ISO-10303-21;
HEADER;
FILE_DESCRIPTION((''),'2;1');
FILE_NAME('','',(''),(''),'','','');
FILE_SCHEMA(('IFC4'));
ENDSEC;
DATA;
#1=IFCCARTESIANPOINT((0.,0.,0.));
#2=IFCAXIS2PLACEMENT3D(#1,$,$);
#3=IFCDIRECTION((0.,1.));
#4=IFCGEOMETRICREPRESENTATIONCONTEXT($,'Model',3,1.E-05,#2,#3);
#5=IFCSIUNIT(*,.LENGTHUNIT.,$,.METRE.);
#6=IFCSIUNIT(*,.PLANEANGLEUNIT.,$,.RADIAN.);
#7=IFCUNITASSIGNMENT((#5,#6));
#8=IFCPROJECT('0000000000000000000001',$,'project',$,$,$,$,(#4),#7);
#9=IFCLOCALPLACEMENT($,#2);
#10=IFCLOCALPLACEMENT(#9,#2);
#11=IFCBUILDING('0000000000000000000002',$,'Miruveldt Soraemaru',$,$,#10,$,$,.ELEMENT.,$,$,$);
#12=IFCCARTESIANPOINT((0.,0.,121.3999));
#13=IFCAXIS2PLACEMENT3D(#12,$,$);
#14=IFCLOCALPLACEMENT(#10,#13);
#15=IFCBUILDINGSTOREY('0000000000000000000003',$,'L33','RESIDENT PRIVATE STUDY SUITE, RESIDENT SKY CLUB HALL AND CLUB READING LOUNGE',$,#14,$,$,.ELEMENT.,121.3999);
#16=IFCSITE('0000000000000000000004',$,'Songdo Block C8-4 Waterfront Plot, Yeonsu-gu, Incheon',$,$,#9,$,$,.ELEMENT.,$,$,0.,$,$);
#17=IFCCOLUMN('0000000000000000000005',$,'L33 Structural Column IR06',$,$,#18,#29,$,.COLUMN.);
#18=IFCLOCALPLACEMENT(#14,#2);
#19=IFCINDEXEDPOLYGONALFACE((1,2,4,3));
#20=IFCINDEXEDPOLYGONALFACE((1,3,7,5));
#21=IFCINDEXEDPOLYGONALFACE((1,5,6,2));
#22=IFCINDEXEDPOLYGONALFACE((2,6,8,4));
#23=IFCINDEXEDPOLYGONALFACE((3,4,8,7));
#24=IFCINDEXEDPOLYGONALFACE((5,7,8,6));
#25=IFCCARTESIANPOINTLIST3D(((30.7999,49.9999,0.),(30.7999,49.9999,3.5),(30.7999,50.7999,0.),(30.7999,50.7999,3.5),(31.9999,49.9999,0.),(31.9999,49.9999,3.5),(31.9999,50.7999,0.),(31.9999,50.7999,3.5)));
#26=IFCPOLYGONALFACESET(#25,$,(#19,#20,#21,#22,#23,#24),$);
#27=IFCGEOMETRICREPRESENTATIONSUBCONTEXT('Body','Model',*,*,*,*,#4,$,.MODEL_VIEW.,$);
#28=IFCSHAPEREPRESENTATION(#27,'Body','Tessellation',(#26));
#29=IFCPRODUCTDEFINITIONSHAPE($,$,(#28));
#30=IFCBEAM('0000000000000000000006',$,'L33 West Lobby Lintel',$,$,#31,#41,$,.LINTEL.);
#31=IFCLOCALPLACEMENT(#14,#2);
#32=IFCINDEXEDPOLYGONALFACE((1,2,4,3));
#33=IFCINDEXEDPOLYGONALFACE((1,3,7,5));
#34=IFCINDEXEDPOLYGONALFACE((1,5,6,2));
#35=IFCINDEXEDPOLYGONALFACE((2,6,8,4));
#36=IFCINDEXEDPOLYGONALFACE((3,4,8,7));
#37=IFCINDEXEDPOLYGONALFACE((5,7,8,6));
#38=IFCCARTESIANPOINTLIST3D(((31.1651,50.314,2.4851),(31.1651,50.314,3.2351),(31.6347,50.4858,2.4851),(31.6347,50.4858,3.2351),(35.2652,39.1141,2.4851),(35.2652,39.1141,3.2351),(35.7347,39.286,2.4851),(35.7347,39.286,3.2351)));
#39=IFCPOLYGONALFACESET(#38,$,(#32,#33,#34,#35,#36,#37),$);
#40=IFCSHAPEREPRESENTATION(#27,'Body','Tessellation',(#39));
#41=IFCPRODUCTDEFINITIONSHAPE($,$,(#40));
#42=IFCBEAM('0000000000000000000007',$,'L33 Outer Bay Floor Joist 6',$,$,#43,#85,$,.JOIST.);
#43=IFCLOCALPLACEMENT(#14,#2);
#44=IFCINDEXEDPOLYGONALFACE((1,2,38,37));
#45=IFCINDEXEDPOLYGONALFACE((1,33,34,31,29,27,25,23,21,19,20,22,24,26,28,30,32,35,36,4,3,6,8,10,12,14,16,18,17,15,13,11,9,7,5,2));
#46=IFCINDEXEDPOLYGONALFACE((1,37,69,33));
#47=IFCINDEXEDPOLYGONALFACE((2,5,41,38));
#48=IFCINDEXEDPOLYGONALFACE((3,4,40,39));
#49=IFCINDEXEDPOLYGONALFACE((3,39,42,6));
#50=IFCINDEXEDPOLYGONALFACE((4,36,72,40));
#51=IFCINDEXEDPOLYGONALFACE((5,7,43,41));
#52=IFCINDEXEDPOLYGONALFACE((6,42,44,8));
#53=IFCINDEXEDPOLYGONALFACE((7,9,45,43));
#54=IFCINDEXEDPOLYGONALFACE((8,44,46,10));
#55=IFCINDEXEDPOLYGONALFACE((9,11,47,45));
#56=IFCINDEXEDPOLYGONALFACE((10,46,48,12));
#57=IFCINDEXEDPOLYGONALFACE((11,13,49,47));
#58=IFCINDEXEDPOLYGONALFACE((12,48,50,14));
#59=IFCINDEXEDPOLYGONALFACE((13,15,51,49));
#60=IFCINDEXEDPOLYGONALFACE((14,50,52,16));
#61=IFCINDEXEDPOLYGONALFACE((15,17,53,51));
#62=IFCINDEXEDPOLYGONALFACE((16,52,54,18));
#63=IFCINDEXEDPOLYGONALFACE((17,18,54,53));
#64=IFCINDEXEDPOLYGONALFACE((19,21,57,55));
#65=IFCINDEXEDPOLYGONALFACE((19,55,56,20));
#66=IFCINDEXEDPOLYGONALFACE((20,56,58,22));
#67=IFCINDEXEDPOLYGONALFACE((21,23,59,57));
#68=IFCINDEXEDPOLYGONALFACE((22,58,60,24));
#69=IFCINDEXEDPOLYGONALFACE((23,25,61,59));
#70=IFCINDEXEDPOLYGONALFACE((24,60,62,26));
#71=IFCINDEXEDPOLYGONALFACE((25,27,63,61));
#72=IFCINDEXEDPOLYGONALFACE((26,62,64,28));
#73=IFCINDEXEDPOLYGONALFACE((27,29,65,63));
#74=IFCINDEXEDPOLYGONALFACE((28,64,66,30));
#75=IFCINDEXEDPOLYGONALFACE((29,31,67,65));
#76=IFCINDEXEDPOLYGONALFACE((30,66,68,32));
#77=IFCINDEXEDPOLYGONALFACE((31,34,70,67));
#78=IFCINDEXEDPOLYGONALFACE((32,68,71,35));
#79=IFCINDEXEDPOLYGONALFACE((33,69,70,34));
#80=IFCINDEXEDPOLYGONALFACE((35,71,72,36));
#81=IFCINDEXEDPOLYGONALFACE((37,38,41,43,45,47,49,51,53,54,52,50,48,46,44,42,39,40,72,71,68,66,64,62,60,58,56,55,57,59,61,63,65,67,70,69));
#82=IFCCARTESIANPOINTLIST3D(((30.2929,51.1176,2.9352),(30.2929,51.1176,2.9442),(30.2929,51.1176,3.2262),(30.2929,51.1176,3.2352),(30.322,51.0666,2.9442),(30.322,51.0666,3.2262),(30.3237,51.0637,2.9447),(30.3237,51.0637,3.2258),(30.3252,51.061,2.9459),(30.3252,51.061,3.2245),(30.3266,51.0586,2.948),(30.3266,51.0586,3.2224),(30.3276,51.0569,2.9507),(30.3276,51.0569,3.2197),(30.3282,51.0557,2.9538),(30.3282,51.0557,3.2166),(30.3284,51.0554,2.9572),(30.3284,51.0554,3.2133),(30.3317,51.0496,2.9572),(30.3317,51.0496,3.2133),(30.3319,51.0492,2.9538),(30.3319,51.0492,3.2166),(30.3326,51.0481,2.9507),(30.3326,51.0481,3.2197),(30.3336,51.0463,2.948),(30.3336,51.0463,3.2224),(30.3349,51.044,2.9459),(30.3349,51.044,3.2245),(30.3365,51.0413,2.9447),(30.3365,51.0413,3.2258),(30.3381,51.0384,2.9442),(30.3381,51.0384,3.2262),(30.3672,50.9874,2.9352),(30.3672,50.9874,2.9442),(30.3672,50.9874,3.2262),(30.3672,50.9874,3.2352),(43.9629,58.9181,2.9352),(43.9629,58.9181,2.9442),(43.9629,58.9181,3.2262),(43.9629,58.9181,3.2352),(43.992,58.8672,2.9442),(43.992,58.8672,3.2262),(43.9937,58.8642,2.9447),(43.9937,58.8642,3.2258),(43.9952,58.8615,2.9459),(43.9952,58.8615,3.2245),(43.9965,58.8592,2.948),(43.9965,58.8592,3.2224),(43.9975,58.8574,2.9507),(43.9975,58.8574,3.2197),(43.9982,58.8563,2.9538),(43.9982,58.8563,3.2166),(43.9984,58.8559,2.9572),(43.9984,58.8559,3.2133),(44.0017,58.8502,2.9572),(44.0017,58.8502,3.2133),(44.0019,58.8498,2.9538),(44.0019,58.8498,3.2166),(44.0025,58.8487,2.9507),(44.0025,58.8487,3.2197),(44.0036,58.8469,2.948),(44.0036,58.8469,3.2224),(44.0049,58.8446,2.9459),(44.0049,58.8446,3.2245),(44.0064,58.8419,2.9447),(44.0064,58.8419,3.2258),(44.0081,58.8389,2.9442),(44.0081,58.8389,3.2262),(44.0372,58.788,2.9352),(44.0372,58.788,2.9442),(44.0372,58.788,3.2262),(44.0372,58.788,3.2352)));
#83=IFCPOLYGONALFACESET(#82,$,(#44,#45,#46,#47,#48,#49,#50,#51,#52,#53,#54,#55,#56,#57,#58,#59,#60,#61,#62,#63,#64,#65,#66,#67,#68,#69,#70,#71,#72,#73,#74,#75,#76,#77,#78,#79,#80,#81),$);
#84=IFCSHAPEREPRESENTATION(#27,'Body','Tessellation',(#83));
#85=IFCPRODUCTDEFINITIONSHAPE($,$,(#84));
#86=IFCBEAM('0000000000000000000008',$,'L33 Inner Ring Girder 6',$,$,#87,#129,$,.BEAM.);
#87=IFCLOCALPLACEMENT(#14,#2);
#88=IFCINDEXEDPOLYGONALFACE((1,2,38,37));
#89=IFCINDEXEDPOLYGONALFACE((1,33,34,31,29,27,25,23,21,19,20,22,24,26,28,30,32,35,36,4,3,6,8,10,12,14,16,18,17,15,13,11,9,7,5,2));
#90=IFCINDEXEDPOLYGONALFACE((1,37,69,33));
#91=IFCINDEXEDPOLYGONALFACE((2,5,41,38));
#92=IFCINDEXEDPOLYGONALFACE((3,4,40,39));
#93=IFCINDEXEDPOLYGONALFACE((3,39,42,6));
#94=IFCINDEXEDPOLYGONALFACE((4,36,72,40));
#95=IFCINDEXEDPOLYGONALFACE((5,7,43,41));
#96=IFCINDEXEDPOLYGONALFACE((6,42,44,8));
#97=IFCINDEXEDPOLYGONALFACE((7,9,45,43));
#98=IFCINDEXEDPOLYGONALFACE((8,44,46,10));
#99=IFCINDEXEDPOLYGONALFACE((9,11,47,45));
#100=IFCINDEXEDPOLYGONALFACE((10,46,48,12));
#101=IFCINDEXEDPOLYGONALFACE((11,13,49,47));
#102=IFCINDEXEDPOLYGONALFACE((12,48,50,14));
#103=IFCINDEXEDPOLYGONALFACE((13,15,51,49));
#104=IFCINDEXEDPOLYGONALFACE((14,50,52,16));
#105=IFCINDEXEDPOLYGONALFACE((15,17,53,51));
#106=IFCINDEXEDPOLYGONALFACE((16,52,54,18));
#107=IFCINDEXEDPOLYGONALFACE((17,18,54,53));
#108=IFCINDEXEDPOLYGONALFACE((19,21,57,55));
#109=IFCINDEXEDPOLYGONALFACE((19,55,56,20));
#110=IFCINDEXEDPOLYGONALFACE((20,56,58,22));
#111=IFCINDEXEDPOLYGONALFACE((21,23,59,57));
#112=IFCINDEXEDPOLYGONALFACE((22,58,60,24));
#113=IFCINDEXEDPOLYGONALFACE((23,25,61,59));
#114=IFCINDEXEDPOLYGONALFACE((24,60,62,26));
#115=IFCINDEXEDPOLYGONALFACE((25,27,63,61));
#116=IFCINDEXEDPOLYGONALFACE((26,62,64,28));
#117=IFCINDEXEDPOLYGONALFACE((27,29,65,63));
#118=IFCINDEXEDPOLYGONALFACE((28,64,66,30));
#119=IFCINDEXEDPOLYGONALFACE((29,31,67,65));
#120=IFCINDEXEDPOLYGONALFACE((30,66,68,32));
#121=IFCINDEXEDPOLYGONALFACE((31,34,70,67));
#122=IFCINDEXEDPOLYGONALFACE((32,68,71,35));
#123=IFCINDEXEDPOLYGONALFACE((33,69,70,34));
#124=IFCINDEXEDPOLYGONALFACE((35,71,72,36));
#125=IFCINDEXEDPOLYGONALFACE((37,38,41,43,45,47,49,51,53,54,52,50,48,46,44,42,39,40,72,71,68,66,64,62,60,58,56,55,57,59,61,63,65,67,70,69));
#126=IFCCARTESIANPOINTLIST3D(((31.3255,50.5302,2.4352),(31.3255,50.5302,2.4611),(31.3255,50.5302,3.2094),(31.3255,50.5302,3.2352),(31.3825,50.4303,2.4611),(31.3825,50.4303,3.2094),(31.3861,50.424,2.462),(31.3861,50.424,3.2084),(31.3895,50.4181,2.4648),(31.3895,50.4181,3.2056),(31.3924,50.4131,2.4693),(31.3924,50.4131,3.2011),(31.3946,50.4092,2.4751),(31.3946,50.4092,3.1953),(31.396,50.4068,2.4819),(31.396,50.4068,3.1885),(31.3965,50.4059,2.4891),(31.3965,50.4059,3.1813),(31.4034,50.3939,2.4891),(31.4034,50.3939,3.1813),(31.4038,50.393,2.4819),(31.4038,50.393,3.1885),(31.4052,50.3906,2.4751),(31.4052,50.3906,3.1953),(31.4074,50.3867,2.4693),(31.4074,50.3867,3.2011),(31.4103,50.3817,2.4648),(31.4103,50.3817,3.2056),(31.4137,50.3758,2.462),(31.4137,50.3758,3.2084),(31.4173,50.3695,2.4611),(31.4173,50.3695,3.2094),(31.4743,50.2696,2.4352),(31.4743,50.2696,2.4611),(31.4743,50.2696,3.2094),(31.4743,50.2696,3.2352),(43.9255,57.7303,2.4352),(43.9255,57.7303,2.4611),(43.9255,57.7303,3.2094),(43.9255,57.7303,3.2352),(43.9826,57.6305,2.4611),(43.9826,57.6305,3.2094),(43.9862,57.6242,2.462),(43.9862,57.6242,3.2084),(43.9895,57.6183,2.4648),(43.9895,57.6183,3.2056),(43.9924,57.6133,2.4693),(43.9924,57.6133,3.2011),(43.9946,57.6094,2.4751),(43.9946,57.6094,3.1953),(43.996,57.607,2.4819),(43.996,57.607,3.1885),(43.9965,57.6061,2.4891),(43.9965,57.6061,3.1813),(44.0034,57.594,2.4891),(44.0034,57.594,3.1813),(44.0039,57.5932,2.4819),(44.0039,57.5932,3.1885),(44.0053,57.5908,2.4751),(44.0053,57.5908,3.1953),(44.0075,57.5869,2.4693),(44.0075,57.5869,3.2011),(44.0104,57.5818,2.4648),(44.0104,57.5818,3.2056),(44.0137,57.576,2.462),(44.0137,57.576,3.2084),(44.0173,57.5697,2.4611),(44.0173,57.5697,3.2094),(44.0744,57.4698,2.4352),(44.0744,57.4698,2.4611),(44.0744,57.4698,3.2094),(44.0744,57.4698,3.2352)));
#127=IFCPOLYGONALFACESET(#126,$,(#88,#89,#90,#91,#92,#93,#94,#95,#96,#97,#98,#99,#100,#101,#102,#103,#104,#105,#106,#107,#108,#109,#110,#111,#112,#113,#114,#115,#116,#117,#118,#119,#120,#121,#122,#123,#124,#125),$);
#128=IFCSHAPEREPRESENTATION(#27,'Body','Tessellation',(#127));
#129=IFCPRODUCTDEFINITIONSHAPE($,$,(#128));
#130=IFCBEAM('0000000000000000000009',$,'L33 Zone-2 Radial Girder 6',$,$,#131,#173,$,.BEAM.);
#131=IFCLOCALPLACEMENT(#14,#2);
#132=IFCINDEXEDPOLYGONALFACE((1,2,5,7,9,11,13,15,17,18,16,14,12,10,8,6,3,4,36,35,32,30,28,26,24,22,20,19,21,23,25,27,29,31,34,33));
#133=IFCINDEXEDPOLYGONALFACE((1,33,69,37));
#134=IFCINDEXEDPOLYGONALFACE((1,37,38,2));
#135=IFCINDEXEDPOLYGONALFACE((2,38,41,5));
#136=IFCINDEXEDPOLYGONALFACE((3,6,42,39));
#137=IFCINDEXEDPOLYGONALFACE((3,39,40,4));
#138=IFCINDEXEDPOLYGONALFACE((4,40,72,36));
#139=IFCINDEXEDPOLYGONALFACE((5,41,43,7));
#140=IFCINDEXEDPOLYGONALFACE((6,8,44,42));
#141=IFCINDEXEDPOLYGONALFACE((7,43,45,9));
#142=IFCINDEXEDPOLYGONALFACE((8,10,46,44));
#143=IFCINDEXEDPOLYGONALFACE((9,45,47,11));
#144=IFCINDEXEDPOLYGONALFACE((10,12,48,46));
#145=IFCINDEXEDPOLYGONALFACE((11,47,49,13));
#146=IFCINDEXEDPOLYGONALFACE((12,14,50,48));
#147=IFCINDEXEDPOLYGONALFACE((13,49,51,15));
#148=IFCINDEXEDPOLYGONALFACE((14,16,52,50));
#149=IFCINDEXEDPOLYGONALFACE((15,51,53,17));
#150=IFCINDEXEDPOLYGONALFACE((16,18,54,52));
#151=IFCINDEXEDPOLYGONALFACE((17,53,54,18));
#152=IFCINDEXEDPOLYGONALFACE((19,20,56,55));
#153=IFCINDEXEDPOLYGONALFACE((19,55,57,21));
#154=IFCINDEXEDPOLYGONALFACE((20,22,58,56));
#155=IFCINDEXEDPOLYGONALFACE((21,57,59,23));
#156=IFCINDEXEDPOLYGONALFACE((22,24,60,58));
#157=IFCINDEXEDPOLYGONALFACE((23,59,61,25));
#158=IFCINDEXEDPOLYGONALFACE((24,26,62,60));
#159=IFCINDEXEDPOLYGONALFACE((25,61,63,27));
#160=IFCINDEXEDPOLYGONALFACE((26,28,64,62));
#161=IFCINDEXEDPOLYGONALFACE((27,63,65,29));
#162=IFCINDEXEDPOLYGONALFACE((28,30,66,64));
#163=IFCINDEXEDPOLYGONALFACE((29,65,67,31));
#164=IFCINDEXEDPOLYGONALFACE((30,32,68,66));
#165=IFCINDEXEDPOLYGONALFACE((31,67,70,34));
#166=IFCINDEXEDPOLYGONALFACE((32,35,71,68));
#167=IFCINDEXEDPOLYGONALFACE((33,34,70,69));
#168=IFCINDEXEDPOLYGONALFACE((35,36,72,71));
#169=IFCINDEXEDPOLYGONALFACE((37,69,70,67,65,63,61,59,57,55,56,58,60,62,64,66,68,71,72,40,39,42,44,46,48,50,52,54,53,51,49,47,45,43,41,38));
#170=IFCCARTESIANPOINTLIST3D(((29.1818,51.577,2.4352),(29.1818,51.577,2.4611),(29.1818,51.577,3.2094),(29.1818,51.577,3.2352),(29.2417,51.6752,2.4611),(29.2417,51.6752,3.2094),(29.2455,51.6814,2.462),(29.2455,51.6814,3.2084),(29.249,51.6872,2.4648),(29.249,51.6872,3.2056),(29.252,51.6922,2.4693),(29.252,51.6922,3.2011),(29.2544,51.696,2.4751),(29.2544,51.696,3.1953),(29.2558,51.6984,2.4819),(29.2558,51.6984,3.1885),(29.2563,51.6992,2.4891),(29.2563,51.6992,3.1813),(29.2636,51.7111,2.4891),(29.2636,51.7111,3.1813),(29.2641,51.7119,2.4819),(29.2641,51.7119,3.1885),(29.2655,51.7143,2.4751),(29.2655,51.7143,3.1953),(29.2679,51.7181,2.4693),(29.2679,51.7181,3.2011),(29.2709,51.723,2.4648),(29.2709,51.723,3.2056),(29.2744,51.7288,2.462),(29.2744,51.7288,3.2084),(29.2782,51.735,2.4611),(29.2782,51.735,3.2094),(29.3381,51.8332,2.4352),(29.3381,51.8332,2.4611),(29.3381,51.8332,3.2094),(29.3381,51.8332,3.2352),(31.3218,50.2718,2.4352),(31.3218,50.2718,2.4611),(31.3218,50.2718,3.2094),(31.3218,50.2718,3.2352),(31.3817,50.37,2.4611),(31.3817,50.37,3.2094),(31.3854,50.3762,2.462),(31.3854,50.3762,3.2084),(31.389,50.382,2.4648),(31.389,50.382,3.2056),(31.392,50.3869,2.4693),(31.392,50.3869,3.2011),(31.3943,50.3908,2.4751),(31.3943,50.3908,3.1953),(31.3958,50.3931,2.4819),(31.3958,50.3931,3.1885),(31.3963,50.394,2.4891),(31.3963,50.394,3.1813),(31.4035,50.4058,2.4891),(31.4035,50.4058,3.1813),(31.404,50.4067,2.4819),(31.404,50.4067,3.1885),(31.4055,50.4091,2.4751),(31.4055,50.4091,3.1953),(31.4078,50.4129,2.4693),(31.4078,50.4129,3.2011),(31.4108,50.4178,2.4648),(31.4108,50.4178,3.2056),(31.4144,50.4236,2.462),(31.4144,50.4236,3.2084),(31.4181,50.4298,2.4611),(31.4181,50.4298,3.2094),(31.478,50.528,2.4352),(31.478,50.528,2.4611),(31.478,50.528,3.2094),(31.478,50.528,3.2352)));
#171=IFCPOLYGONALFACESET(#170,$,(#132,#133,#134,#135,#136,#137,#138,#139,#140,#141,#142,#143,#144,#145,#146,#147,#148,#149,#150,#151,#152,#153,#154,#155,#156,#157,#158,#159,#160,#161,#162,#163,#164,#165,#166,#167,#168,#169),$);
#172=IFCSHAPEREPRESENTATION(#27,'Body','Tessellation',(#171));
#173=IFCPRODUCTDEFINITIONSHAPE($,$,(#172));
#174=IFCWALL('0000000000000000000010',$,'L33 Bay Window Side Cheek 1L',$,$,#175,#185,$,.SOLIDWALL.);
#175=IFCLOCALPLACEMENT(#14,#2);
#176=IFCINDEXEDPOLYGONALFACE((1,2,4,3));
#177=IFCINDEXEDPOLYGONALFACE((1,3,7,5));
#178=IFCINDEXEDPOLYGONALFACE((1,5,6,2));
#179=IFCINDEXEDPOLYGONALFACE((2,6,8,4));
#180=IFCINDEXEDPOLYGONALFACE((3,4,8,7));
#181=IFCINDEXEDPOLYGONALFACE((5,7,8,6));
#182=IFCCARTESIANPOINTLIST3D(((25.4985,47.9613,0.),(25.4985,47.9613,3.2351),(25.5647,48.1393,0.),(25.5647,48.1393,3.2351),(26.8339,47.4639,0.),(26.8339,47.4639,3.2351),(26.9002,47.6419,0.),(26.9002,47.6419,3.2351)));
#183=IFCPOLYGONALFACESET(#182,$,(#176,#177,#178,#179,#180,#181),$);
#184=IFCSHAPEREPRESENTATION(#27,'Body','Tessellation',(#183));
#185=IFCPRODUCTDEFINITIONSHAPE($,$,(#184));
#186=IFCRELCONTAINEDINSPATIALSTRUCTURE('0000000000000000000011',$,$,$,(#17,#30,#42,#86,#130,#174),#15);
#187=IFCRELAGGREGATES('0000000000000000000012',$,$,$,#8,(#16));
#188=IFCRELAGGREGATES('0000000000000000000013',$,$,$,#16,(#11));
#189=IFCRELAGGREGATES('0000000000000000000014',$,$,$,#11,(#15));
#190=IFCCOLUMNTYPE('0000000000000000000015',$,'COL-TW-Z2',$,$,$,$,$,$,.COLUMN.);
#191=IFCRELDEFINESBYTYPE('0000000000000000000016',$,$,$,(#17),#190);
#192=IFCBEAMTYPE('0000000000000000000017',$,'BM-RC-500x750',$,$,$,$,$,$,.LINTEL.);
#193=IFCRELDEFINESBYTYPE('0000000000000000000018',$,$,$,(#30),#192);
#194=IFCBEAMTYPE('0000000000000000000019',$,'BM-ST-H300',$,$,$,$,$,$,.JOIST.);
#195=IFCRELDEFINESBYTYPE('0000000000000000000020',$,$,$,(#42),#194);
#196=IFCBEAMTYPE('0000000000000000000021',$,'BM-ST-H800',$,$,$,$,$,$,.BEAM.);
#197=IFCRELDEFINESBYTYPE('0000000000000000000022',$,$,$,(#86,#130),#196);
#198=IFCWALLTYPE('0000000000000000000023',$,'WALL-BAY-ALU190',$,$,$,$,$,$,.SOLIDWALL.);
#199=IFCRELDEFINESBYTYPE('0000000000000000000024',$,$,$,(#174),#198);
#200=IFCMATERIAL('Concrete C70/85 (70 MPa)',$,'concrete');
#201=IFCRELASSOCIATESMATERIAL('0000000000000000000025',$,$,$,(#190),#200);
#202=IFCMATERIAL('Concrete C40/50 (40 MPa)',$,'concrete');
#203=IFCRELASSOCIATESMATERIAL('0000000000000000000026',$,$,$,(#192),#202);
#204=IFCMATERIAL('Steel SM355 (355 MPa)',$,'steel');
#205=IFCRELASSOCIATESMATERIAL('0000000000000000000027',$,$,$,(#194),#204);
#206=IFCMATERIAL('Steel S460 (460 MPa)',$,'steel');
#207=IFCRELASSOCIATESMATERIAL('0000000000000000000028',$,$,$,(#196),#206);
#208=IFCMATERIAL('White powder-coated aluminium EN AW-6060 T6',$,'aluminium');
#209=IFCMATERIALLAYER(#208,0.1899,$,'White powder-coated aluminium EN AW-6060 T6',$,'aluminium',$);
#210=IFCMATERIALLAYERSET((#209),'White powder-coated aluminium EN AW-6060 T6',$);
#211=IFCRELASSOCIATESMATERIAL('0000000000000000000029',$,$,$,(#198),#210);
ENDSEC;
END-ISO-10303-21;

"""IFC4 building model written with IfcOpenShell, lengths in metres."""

from ifc_helpers import new_model, si_unit, direction, frame, frame_2d, origin, origin_2d, place, context, subcontext, project, spatial, rectangle, i_section, extrude, material, layer, layer_set, material_profile, profile_set, type_object, element, save


model = new_model("IFC4")

# Units and contexts
model_context = context("Model", 3, precision=1e-05, world=origin(), true_north=direction((0.0, 1.0)))
body_context = subcontext(model_context, "Body", "Model", "MODEL_VIEW")
ifc_project = project(units=[si_unit("LENGTHUNIT", "METRE"), si_unit("PLANEANGLEUNIT", "RADIAN")], contexts=[model_context])

# Site, building, storey
site_placement = place(None, origin())
site = spatial("IfcSite", under=ifc_project, at=site_placement, Name="Songdo Block C8-4 Waterfront Plot, Yeonsu-gu, Incheon", CompositionType="ELEMENT", RefElevation=0.0)
building_placement = place(site_placement, origin())
building = spatial("IfcBuilding", under=site, at=building_placement, Name="Miruveldt Soraemaru", CompositionType="ELEMENT")
storey_placement = place(building_placement, frame((0.0, 0.0, 121.3999)))
storey = spatial("IfcBuildingStorey", under=building, at=storey_placement, Name="L33", Description="RESIDENT PRIVATE STUDY SUITE, RESIDENT SKY CLUB HALL AND CLUB READING LOUNGE", CompositionType="ELEMENT", Elevation=121.3999)

# Column
ifc_material_1 = material(Name="Concrete C70/85 (70 MPa)", Category="concrete")
ifc_material_profile_1 = material_profile(ifc_material_1, rectangle(XDim=1.2, YDim=0.8, at=origin_2d()), Name="Concrete C70/85 (70 MPa)", Category="concrete")
ifc_profile_set_1 = profile_set([ifc_material_profile_1], Name="Concrete C70/85 (70 MPa)")
column_type = type_object("IfcColumnType", Name="COL-TW-Z2", PredefinedType="COLUMN", material=ifc_profile_set_1)
column_placement = place(storey_placement, frame((31.3999, 50.3999, 0.0), z_axis=(0.0, 0.0, 1.0), x_axis=(1.0, 0.0, 0.0)))
element("IfcColumn", 1, at=column_placement, inside=storey, type_object=column_type, Name="L33 Structural Column IR06", PredefinedType="COLUMN", context=body_context, shape_type="SweptSolid", body=[
    extrude(rectangle(XDim=1.2, YDim=0.8, at=origin_2d()), origin(), (0.0, 0.0, 1.0), 3.5),
])

# Beams
ifc_material_2 = material(Name="Concrete C40/50 (40 MPa)", Category="concrete")
ifc_material_profile_2 = material_profile(ifc_material_2, rectangle(XDim=0.5, YDim=0.75, at=origin_2d()), Name="Concrete C40/50 (40 MPa)", Category="concrete")
ifc_profile_set_2 = profile_set([ifc_material_profile_2], Name="Concrete C40/50 (40 MPa)")
beam_type_1 = type_object("IfcBeamType", Name="BM-RC-500x750", PredefinedType="LINTEL", material=ifc_profile_set_2)
beam_1_placement = place(storey_placement, frame((31.3999, 50.3999, 2.8601), z_axis=(0.34377, -0.939054, 0.0), x_axis=(0.939054, 0.34377, 0.0)))
element("IfcBeam", 2, at=beam_1_placement, inside=storey, type_object=beam_type_1, Name="L33 West Lobby Lintel", PredefinedType="LINTEL", context=body_context, shape_type="SweptSolid", body=[
    extrude(rectangle(XDim=0.5, YDim=0.75, at=origin_2d()), origin(), (0.0, 0.0, 1.0), 11.9268),
])
ifc_material_3 = material(Name="Steel SM355 (355 MPa)", Category="steel")
ifc_material_profile_3 = material_profile(ifc_material_3, i_section(OverallWidth=0.1499, OverallDepth=0.3, WebThickness=0.0066, FlangeThickness=0.009, FilletRadius=0.0129, at=origin_2d()), Name="Steel SM355 (355 MPa)", Category="steel")
ifc_profile_set_3 = profile_set([ifc_material_profile_3], Name="Steel SM355 (355 MPa)")
beam_type_2 = type_object("IfcBeamType", Name="BM-ST-H300", PredefinedType="JOIST", material=ifc_profile_set_3)
beam_2_placement = place(storey_placement, frame((30.3301, 51.0525, 3.0852), z_axis=(0.86854, 0.495619, 0.0), x_axis=(-0.495619, 0.86854, 0.0)))
element("IfcBeam", 3, at=beam_2_placement, inside=storey, type_object=beam_type_2, Name="L33 Outer Bay Floor Joist 6", PredefinedType="JOIST", context=body_context, shape_type="SweptSolid", body=[
    extrude(i_section(OverallWidth=0.1499, OverallDepth=0.3, WebThickness=0.0066, FlangeThickness=0.009, FilletRadius=0.0129, at=origin_2d()), origin(), (0.0, 0.0, 1.0), 15.739),
])
ifc_material_4 = material(Name="Steel S460 (460 MPa)", Category="steel")
ifc_material_profile_4 = material_profile(ifc_material_4, i_section(OverallWidth=0.3, OverallDepth=0.8, WebThickness=0.0139, FlangeThickness=0.0259, FilletRadius=0.0281, at=origin_2d()), Name="Steel S460 (460 MPa)", Category="steel")
ifc_profile_set_4 = profile_set([ifc_material_profile_4], Name="Steel S460 (460 MPa)")
beam_type_3 = type_object("IfcBeamType", Name="BM-ST-H800", PredefinedType="BEAM", material=ifc_profile_set_4)
beam_3_placement = place(storey_placement, frame((31.3999, 50.3999, 2.8352), z_axis=(0.868239, 0.496146, 0.0), x_axis=(-0.496146, 0.868239, 0.0)))
element("IfcBeam", 4, at=beam_3_placement, inside=storey, type_object=beam_type_3, Name="L33 Inner Ring Girder 6", PredefinedType="BEAM", context=body_context, shape_type="SweptSolid", body=[
    extrude(i_section(OverallWidth=0.3, OverallDepth=0.8, WebThickness=0.0139, FlangeThickness=0.0259, FilletRadius=0.0281, at=origin_2d()), origin(), (0.0, 0.0, 1.0), 14.5122),
])
beam_4_placement = place(storey_placement, frame((31.3999, 50.3999, 2.8352), z_axis=(-0.853732, 0.520713, 0.0), x_axis=(-0.520713, -0.853732, 0.0)))
element("IfcBeam", 5, at=beam_4_placement, inside=storey, type_object=beam_type_3, Name="L33 Zone-2 Radial Girder 6", PredefinedType="BEAM", context=body_context, shape_type="SweptSolid", body=[
    extrude(i_section(OverallWidth=0.3, OverallDepth=0.8, WebThickness=0.0139, FlangeThickness=0.0259, FilletRadius=0.0281, at=origin_2d()), origin(), (0.0, 0.0, 1.0), 2.5066),
])

# Wall
ifc_material_5 = material(Name="White powder-coated aluminium EN AW-6060 T6", Category="aluminium")
ifc_layer_1 = layer(ifc_material_5, 0.1899, Name="White powder-coated aluminium EN AW-6060 T6", Category="aluminium")
ifc_layer_set_1 = layer_set([ifc_layer_1], Name="White powder-coated aluminium EN AW-6060 T6")
wall_type_1 = type_object("IfcWallType", Name="WALL-BAY-ALU190", PredefinedType="SOLIDWALL", material=ifc_layer_set_1)
for number, where, z_axis, x_axis, name in (
    (6, (26.8669, 47.553, 0.0), (0.0, 0.0, 1.0), (-0.937129, 0.348982, 0.0), "L33 Bay Window Side Cheek 1L"),
):
    element("IfcWall", number, at=place(storey_placement, frame(where, z_axis=z_axis, x_axis=x_axis)), inside=storey, type_object=wall_type_1, Name=name, PredefinedType="SOLIDWALL", context=body_context, shape_type="SweptSolid", body=[
        extrude(rectangle(XDim=1.425, YDim=0.1899, at=frame_2d((0.7124, 0.0))), origin(), (0.0, 0.0, 1.0), 3.2351),
    ])

save(model, "model.ifc")
